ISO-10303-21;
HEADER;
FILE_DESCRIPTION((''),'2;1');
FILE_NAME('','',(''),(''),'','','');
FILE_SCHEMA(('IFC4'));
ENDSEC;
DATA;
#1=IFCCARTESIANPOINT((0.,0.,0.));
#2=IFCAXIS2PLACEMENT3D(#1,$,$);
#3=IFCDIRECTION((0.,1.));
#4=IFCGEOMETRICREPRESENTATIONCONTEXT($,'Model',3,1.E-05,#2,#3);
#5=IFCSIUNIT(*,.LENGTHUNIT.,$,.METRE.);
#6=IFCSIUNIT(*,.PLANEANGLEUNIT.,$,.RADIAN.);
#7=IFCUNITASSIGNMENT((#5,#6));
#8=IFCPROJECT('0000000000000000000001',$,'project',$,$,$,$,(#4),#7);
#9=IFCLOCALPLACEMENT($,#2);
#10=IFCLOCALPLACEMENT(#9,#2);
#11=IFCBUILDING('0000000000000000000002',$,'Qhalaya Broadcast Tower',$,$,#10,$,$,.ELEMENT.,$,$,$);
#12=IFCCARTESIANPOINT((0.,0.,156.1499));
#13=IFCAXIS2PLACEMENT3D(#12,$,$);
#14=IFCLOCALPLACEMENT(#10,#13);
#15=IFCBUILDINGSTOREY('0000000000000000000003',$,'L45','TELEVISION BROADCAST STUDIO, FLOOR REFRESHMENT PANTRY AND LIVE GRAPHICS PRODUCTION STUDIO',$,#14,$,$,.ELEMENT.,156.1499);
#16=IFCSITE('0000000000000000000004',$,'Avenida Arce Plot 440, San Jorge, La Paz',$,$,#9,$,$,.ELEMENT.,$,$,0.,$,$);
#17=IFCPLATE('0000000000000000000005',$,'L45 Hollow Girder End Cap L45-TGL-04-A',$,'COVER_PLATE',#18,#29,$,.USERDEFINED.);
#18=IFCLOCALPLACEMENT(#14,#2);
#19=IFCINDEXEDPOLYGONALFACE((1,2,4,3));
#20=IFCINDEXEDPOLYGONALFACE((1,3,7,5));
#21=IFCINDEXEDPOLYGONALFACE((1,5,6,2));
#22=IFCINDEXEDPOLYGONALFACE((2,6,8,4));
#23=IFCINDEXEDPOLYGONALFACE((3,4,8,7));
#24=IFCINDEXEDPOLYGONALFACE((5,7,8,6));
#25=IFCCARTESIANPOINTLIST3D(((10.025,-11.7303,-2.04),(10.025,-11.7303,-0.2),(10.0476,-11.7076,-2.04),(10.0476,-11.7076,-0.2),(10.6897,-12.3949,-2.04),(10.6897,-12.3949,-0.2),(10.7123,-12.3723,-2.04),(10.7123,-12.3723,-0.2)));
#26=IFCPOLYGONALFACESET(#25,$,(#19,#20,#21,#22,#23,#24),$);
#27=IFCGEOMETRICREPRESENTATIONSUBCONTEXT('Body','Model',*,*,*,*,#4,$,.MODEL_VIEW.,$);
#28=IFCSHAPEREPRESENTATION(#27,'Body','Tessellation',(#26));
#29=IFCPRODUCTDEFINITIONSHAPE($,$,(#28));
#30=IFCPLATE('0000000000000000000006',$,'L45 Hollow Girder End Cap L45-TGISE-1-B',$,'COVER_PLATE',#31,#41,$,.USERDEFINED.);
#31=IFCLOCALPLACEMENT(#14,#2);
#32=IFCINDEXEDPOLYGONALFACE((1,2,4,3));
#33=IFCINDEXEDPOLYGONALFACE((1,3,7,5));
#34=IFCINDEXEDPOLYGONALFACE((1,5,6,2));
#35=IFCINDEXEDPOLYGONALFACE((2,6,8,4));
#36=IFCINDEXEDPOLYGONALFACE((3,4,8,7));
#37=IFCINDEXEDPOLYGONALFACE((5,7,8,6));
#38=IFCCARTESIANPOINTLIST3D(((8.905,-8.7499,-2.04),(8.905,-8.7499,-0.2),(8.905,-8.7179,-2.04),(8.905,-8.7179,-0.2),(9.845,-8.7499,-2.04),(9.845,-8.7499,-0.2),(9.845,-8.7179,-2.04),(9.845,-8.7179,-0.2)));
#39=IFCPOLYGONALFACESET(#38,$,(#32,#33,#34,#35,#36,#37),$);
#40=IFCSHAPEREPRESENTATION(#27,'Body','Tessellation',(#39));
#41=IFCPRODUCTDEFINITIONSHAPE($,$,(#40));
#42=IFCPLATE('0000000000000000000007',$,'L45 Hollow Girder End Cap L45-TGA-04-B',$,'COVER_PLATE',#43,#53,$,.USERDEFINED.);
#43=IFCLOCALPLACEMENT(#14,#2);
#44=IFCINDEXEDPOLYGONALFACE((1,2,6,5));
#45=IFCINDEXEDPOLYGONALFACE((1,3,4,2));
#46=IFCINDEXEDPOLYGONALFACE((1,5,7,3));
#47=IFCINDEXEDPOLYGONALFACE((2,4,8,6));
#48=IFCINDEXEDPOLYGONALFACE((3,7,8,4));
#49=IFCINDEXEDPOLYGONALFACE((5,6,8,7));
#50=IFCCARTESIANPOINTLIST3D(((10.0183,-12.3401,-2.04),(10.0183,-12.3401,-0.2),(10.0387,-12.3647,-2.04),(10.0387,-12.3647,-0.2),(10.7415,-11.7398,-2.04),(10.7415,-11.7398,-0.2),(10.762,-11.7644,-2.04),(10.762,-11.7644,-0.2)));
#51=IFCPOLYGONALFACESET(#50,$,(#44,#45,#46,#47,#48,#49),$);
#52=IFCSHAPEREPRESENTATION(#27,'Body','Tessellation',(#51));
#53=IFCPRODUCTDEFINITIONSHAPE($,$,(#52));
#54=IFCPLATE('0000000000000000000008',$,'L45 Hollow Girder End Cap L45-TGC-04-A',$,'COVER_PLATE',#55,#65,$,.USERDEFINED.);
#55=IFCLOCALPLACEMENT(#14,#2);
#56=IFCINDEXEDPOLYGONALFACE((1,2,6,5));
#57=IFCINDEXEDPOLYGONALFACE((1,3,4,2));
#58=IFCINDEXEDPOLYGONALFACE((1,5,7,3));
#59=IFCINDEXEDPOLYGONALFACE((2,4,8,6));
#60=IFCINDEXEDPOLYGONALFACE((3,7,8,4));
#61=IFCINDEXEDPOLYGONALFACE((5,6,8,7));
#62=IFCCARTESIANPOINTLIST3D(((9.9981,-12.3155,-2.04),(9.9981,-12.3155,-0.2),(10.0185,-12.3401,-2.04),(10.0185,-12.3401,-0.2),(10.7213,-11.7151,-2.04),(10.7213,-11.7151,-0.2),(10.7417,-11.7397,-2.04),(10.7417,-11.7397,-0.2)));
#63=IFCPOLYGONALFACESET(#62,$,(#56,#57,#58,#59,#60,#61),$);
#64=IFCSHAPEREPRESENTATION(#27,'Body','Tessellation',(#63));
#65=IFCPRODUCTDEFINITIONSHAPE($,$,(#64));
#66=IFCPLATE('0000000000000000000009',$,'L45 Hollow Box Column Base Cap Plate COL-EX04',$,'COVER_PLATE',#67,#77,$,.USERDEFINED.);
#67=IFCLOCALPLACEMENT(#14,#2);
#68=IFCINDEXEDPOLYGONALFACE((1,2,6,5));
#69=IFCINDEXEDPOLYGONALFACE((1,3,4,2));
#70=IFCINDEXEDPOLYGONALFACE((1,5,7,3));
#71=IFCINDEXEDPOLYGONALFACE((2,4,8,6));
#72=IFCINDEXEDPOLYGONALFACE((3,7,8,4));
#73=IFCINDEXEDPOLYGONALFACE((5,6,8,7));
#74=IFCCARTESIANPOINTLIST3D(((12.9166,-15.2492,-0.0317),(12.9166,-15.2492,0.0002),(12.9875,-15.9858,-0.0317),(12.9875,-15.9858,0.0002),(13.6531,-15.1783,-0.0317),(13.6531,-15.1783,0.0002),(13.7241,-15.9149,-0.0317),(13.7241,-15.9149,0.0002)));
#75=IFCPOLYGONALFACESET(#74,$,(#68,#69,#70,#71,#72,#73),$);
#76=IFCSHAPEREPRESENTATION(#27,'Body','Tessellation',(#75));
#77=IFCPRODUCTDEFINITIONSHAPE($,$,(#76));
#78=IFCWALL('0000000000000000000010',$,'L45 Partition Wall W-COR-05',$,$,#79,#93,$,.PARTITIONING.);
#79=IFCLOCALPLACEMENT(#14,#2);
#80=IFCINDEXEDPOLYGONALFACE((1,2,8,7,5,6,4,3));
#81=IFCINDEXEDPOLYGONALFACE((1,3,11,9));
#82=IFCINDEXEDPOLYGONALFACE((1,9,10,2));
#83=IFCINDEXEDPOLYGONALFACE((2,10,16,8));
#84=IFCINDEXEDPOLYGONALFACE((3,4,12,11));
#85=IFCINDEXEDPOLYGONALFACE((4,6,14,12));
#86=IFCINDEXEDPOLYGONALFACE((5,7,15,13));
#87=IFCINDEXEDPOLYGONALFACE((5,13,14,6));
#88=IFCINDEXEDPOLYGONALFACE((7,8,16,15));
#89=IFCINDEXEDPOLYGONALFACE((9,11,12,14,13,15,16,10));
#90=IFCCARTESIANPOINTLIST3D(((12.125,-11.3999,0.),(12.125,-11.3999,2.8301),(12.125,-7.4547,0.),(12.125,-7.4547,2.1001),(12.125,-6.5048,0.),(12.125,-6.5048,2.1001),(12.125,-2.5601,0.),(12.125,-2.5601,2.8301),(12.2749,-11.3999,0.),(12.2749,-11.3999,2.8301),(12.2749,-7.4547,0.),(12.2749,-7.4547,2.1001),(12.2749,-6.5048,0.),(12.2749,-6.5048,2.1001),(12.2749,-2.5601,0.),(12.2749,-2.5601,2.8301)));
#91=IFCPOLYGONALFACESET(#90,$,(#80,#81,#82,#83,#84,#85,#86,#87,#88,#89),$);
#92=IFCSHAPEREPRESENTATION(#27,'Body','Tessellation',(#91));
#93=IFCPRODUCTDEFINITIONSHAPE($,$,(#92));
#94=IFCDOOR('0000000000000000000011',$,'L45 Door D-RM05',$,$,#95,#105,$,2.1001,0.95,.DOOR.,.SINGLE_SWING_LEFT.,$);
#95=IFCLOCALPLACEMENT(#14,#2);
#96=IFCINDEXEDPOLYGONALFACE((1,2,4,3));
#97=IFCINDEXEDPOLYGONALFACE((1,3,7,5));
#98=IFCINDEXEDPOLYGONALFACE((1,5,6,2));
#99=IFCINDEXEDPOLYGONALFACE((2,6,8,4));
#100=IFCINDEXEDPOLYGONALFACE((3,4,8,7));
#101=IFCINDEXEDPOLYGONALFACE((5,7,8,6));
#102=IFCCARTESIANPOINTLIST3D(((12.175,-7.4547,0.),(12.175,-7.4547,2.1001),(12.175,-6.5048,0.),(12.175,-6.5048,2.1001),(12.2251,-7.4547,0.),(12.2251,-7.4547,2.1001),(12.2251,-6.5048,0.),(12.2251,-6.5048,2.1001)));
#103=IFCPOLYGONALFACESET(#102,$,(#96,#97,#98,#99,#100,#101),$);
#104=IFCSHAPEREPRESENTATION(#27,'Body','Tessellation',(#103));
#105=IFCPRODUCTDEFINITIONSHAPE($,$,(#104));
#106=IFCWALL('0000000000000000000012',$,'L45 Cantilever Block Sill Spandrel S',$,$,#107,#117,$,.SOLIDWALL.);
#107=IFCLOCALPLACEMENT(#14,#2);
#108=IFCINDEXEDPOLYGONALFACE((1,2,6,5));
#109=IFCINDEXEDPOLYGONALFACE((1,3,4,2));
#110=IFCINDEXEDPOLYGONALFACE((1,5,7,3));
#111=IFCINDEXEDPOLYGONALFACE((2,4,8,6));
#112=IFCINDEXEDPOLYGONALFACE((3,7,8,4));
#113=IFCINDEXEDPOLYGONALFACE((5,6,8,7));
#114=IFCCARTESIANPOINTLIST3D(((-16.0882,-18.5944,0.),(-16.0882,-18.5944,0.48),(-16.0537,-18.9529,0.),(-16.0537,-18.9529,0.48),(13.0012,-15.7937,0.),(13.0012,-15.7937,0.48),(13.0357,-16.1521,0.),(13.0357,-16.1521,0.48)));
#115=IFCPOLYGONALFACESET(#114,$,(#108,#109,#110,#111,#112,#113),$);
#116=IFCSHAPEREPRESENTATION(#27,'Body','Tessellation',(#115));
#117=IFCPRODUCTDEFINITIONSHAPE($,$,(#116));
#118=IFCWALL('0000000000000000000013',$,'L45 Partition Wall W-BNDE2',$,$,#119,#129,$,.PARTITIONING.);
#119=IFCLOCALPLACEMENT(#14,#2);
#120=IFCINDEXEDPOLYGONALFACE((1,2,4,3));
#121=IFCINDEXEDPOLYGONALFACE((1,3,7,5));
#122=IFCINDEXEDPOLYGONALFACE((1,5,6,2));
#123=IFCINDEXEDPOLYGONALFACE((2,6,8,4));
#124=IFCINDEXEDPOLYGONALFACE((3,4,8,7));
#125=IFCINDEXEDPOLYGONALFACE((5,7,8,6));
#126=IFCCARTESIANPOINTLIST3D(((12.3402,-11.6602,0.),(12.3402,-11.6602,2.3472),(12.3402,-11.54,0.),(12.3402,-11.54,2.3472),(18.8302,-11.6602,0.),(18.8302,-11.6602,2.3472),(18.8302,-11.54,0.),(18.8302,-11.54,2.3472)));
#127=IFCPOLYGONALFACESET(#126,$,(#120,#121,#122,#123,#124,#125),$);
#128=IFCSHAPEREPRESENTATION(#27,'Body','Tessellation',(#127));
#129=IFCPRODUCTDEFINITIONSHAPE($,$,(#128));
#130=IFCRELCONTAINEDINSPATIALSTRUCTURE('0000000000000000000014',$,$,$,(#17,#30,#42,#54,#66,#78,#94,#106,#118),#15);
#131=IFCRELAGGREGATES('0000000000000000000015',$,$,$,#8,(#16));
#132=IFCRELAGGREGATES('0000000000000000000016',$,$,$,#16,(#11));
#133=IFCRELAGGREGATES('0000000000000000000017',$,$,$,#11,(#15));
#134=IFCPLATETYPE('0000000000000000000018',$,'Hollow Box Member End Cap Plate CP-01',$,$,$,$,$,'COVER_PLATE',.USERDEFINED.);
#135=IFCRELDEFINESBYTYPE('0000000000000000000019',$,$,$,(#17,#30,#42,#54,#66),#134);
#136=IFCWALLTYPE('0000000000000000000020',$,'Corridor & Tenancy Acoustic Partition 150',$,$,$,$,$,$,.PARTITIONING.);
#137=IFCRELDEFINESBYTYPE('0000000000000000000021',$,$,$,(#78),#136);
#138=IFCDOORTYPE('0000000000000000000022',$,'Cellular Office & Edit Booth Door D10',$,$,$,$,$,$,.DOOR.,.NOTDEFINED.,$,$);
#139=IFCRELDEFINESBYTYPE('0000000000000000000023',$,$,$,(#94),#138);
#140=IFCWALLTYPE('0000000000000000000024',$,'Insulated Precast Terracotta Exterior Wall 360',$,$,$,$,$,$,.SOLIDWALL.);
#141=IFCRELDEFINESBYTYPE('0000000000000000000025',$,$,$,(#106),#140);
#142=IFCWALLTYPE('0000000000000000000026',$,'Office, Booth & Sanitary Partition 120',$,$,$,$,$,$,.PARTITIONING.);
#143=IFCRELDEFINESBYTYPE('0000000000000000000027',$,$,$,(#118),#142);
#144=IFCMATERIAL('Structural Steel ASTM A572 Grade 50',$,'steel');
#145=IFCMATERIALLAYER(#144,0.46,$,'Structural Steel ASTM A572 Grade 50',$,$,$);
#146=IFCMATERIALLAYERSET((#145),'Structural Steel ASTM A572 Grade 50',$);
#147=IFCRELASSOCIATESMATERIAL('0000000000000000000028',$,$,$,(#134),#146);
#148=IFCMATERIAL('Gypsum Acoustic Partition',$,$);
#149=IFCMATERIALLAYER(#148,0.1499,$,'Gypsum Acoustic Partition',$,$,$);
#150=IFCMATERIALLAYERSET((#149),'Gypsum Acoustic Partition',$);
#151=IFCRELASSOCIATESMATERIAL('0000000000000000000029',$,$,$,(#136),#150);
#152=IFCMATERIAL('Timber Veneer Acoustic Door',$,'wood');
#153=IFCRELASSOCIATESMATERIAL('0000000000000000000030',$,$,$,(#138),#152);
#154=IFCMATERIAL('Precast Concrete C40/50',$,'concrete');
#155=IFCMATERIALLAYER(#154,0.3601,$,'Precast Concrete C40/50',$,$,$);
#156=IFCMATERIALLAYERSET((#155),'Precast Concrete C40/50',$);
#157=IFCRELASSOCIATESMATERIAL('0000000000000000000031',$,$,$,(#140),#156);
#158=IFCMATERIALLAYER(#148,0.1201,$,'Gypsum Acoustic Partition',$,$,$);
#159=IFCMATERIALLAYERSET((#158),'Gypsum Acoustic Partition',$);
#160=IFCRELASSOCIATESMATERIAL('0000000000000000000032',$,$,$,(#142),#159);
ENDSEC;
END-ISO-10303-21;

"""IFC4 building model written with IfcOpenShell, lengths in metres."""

from ifc_helpers import new_model, si_unit, direction, frame, frame_2d, origin, origin_2d, place, context, subcontext, project, spatial, rectangle, extrude, material, layer, layer_set, type_object, element, fill, save


model = new_model("IFC4")

# Units and contexts
model_context = context("Model", 3, precision=1e-05, world=origin(), true_north=direction((0.0, 1.0)))
body_context = subcontext(model_context, "Body", "Model", "MODEL_VIEW")
ifc_project = project(units=[si_unit("LENGTHUNIT", "METRE"), si_unit("PLANEANGLEUNIT", "RADIAN")], contexts=[model_context])

# Site, building, storey
site_placement = place(None, origin())
site = spatial("IfcSite", under=ifc_project, at=site_placement, Name="Avenida Arce Plot 440, San Jorge, La Paz", CompositionType="ELEMENT", RefElevation=0.0)
building_placement = place(site_placement, origin())
building = spatial("IfcBuilding", under=site, at=building_placement, Name="Qhalaya Broadcast Tower", CompositionType="ELEMENT")
storey_placement = place(building_placement, frame((0.0, 0.0, 156.1499)))
storey = spatial("IfcBuildingStorey", under=building, at=storey_placement, Name="L45", Description="TELEVISION BROADCAST STUDIO, FLOOR REFRESHMENT PANTRY AND LIVE GRAPHICS PRODUCTION STUDIO", CompositionType="ELEMENT", Elevation=156.1499)

# Shared definitions
ifc_material_1 = material(Name="Structural Steel ASTM A572 Grade 50", Category="steel")

# Plates
ifc_layer_1 = layer(ifc_material_1, 0.46, Name="Structural Steel ASTM A572 Grade 50")
ifc_layer_set_1 = layer_set([ifc_layer_1], Name="Structural Steel ASTM A572 Grade 50")
plate_type = type_object("IfcPlateType", Name="Hollow Box Member End Cap Plate CP-01", ElementType="COVER_PLATE", PredefinedType="USERDEFINED", material=ifc_layer_set_1)
for number, where, z_axis, x_axis, name in (
    (1, (10.3687, -12.0513, -2.04), (0.0, 0.0, 1.0), (-0.707107, 0.707107, 0.0), "L45 Hollow Girder End Cap L45-TGL-04-A"),
    (2, (9.375, -8.7339, -2.04), (0.0, 0.0, 1.0), (-1.0, 0.0, 0.0), "L45 Hollow Girder End Cap L45-TGISE-1-B"),
    (3, (10.3901, -12.0522, -2.04), (0.0, 0.0, 1.0), (0.769422, 0.638741, 0.0), "L45 Hollow Girder End Cap L45-TGA-04-B"),
    (4, (10.3699, -12.0276, -2.04), (0.0, 0.0, 1.0), (0.769422, 0.638741, 0.0), "L45 Hollow Girder End Cap L45-TGC-04-A"),
):
    element("IfcPlate", number, at=place(storey_placement, frame(where, z_axis=z_axis, x_axis=x_axis)), inside=storey, type_object=plate_type, Name=name, ObjectType="COVER_PLATE", PredefinedType="USERDEFINED", context=body_context, shape_type="SweptSolid", body=[
        extrude(rectangle(XDim=0.9399, YDim=0.032, at=origin_2d()), origin(), (0.0, 0.0, 1.0), 1.8401),
    ])
plate_placement = place(storey_placement, frame((13.3203, -15.582, -0.0317), z_axis=(0.0, 0.0, 1.0), x_axis=(0.995396, 0.095846, 0.0)))
element("IfcPlate", 5, at=plate_placement, inside=storey, type_object=plate_type, Name="L45 Hollow Box Column Base Cap Plate COL-EX04", ObjectType="COVER_PLATE", PredefinedType="USERDEFINED", context=body_context, shape_type="SweptSolid", body=[
    extrude(rectangle(XDim=0.74, YDim=0.74, at=origin_2d()), origin(), (0.0, 0.0, 1.0), 0.032),
])

# Wall, opening, door
ifc_material_2 = material(Name="Gypsum Acoustic Partition")
ifc_layer_2 = layer(ifc_material_2, 0.1499, Name="Gypsum Acoustic Partition")
ifc_layer_set_2 = layer_set([ifc_layer_2], Name="Gypsum Acoustic Partition")
wall_type_1 = type_object("IfcWallType", Name="Corridor & Tenancy Acoustic Partition 150", PredefinedType="PARTITIONING", material=ifc_layer_set_2)
wall_1_placement = place(storey_placement, frame((12.2, -11.3999, 0.0), z_axis=(0.0, 0.0, 1.0), x_axis=(0.0, 1.0, 0.0)))
wall_1 = element("IfcWall", 6, at=wall_1_placement, inside=storey, type_object=wall_type_1, Name="L45 Partition Wall W-COR-05", PredefinedType="PARTITIONING", context=body_context, shape_type="SweptSolid", body=[
    extrude(rectangle(XDim=8.8398, YDim=0.1499, at=frame_2d((4.4199, 0.0))), origin(), (0.0, 0.0, 1.0), 2.8301),
])
opening_placement = place(wall_1_placement, frame((3.9451, 0.0, 0.0)))
opening = element("IfcOpeningElement", 7, at=opening_placement, cuts=wall_1, PredefinedType="OPENING", context=body_context, shape_type="SweptSolid", body=[
    extrude(rectangle(XDim=0.95, YDim=2.1001, at=frame_2d((0.4751, 1.05))), frame((0.0, 0.0869, 0.0), z_axis=(0.0, -1.0, 0.0), x_axis=(1.0, 0.0, 0.0)), (0.0, 0.0, 1.0), 0.1738),
])
ifc_material_3 = material(Name="Timber Veneer Acoustic Door", Category="wood")
door_type = type_object("IfcDoorType", Name="Cellular Office & Edit Booth Door D10", OperationType="NOTDEFINED", PredefinedType="DOOR", material=ifc_material_3)
door_placement = place(opening_placement, origin())
door = element("IfcDoor", 8, at=door_placement, inside=storey, type_object=door_type, Name="L45 Door D-RM05", OperationType="SINGLE_SWING_LEFT", OverallHeight=2.1001, OverallWidth=0.95, PredefinedType="DOOR", context=body_context, shape_type="SweptSolid", body=[
    extrude(rectangle(XDim=0.95, YDim=2.1001, at=frame_2d((0.4751, 1.05))), frame((0.0, 0.0249, 0.0), z_axis=(0.0, -1.0, 0.0), x_axis=(1.0, 0.0, 0.0)), (0.0, 0.0, 1.0), 0.05),
])
fill(opening, door)

# Walls
ifc_material_4 = material(Name="Precast Concrete C40/50", Category="concrete")
ifc_layer_3 = layer(ifc_material_4, 0.3601, Name="Precast Concrete C40/50")
ifc_layer_set_3 = layer_set([ifc_layer_3], Name="Precast Concrete C40/50")
wall_type_2 = type_object("IfcWallType", Name="Insulated Precast Terracotta Exterior Wall 360", PredefinedType="SOLIDWALL", material=ifc_layer_set_3)
wall_2_placement = place(storey_placement, frame((13.0183, -15.9729, 0.0), z_axis=(0.0, 0.0, 1.0), x_axis=(-0.995397, -0.095839, 0.0)))
element("IfcWall", 9, at=wall_2_placement, inside=storey, type_object=wall_type_2, Name="L45 Cantilever Block Sill Spandrel S", PredefinedType="SOLIDWALL", context=body_context, shape_type="SweptSolid", body=[
    extrude(rectangle(XDim=29.2239, YDim=0.3601, at=frame_2d((14.6118, 0.0))), origin(), (0.0, 0.0, 1.0), 0.48),
])
ifc_layer_4 = layer(ifc_material_2, 0.1201, Name="Gypsum Acoustic Partition")
ifc_layer_set_4 = layer_set([ifc_layer_4], Name="Gypsum Acoustic Partition")
wall_type_3 = type_object("IfcWallType", Name="Office, Booth & Sanitary Partition 120", PredefinedType="PARTITIONING", material=ifc_layer_set_4)
wall_3_placement = place(storey_placement, frame((12.3401, -11.6001, 0.0), z_axis=(0.0, 0.0, 1.0), x_axis=(1.0, 0.0, 0.0)))
element("IfcWall", 10, at=wall_3_placement, inside=storey, type_object=wall_type_3, Name="L45 Partition Wall W-BNDE2", PredefinedType="PARTITIONING", context=body_context, shape_type="SweptSolid", body=[
    extrude(rectangle(XDim=6.49, YDim=0.1201, at=frame_2d((3.2451, 0.0))), origin(), (0.0, 0.0, 1.0), 2.3472),
])

save(model, "model.ifc")
